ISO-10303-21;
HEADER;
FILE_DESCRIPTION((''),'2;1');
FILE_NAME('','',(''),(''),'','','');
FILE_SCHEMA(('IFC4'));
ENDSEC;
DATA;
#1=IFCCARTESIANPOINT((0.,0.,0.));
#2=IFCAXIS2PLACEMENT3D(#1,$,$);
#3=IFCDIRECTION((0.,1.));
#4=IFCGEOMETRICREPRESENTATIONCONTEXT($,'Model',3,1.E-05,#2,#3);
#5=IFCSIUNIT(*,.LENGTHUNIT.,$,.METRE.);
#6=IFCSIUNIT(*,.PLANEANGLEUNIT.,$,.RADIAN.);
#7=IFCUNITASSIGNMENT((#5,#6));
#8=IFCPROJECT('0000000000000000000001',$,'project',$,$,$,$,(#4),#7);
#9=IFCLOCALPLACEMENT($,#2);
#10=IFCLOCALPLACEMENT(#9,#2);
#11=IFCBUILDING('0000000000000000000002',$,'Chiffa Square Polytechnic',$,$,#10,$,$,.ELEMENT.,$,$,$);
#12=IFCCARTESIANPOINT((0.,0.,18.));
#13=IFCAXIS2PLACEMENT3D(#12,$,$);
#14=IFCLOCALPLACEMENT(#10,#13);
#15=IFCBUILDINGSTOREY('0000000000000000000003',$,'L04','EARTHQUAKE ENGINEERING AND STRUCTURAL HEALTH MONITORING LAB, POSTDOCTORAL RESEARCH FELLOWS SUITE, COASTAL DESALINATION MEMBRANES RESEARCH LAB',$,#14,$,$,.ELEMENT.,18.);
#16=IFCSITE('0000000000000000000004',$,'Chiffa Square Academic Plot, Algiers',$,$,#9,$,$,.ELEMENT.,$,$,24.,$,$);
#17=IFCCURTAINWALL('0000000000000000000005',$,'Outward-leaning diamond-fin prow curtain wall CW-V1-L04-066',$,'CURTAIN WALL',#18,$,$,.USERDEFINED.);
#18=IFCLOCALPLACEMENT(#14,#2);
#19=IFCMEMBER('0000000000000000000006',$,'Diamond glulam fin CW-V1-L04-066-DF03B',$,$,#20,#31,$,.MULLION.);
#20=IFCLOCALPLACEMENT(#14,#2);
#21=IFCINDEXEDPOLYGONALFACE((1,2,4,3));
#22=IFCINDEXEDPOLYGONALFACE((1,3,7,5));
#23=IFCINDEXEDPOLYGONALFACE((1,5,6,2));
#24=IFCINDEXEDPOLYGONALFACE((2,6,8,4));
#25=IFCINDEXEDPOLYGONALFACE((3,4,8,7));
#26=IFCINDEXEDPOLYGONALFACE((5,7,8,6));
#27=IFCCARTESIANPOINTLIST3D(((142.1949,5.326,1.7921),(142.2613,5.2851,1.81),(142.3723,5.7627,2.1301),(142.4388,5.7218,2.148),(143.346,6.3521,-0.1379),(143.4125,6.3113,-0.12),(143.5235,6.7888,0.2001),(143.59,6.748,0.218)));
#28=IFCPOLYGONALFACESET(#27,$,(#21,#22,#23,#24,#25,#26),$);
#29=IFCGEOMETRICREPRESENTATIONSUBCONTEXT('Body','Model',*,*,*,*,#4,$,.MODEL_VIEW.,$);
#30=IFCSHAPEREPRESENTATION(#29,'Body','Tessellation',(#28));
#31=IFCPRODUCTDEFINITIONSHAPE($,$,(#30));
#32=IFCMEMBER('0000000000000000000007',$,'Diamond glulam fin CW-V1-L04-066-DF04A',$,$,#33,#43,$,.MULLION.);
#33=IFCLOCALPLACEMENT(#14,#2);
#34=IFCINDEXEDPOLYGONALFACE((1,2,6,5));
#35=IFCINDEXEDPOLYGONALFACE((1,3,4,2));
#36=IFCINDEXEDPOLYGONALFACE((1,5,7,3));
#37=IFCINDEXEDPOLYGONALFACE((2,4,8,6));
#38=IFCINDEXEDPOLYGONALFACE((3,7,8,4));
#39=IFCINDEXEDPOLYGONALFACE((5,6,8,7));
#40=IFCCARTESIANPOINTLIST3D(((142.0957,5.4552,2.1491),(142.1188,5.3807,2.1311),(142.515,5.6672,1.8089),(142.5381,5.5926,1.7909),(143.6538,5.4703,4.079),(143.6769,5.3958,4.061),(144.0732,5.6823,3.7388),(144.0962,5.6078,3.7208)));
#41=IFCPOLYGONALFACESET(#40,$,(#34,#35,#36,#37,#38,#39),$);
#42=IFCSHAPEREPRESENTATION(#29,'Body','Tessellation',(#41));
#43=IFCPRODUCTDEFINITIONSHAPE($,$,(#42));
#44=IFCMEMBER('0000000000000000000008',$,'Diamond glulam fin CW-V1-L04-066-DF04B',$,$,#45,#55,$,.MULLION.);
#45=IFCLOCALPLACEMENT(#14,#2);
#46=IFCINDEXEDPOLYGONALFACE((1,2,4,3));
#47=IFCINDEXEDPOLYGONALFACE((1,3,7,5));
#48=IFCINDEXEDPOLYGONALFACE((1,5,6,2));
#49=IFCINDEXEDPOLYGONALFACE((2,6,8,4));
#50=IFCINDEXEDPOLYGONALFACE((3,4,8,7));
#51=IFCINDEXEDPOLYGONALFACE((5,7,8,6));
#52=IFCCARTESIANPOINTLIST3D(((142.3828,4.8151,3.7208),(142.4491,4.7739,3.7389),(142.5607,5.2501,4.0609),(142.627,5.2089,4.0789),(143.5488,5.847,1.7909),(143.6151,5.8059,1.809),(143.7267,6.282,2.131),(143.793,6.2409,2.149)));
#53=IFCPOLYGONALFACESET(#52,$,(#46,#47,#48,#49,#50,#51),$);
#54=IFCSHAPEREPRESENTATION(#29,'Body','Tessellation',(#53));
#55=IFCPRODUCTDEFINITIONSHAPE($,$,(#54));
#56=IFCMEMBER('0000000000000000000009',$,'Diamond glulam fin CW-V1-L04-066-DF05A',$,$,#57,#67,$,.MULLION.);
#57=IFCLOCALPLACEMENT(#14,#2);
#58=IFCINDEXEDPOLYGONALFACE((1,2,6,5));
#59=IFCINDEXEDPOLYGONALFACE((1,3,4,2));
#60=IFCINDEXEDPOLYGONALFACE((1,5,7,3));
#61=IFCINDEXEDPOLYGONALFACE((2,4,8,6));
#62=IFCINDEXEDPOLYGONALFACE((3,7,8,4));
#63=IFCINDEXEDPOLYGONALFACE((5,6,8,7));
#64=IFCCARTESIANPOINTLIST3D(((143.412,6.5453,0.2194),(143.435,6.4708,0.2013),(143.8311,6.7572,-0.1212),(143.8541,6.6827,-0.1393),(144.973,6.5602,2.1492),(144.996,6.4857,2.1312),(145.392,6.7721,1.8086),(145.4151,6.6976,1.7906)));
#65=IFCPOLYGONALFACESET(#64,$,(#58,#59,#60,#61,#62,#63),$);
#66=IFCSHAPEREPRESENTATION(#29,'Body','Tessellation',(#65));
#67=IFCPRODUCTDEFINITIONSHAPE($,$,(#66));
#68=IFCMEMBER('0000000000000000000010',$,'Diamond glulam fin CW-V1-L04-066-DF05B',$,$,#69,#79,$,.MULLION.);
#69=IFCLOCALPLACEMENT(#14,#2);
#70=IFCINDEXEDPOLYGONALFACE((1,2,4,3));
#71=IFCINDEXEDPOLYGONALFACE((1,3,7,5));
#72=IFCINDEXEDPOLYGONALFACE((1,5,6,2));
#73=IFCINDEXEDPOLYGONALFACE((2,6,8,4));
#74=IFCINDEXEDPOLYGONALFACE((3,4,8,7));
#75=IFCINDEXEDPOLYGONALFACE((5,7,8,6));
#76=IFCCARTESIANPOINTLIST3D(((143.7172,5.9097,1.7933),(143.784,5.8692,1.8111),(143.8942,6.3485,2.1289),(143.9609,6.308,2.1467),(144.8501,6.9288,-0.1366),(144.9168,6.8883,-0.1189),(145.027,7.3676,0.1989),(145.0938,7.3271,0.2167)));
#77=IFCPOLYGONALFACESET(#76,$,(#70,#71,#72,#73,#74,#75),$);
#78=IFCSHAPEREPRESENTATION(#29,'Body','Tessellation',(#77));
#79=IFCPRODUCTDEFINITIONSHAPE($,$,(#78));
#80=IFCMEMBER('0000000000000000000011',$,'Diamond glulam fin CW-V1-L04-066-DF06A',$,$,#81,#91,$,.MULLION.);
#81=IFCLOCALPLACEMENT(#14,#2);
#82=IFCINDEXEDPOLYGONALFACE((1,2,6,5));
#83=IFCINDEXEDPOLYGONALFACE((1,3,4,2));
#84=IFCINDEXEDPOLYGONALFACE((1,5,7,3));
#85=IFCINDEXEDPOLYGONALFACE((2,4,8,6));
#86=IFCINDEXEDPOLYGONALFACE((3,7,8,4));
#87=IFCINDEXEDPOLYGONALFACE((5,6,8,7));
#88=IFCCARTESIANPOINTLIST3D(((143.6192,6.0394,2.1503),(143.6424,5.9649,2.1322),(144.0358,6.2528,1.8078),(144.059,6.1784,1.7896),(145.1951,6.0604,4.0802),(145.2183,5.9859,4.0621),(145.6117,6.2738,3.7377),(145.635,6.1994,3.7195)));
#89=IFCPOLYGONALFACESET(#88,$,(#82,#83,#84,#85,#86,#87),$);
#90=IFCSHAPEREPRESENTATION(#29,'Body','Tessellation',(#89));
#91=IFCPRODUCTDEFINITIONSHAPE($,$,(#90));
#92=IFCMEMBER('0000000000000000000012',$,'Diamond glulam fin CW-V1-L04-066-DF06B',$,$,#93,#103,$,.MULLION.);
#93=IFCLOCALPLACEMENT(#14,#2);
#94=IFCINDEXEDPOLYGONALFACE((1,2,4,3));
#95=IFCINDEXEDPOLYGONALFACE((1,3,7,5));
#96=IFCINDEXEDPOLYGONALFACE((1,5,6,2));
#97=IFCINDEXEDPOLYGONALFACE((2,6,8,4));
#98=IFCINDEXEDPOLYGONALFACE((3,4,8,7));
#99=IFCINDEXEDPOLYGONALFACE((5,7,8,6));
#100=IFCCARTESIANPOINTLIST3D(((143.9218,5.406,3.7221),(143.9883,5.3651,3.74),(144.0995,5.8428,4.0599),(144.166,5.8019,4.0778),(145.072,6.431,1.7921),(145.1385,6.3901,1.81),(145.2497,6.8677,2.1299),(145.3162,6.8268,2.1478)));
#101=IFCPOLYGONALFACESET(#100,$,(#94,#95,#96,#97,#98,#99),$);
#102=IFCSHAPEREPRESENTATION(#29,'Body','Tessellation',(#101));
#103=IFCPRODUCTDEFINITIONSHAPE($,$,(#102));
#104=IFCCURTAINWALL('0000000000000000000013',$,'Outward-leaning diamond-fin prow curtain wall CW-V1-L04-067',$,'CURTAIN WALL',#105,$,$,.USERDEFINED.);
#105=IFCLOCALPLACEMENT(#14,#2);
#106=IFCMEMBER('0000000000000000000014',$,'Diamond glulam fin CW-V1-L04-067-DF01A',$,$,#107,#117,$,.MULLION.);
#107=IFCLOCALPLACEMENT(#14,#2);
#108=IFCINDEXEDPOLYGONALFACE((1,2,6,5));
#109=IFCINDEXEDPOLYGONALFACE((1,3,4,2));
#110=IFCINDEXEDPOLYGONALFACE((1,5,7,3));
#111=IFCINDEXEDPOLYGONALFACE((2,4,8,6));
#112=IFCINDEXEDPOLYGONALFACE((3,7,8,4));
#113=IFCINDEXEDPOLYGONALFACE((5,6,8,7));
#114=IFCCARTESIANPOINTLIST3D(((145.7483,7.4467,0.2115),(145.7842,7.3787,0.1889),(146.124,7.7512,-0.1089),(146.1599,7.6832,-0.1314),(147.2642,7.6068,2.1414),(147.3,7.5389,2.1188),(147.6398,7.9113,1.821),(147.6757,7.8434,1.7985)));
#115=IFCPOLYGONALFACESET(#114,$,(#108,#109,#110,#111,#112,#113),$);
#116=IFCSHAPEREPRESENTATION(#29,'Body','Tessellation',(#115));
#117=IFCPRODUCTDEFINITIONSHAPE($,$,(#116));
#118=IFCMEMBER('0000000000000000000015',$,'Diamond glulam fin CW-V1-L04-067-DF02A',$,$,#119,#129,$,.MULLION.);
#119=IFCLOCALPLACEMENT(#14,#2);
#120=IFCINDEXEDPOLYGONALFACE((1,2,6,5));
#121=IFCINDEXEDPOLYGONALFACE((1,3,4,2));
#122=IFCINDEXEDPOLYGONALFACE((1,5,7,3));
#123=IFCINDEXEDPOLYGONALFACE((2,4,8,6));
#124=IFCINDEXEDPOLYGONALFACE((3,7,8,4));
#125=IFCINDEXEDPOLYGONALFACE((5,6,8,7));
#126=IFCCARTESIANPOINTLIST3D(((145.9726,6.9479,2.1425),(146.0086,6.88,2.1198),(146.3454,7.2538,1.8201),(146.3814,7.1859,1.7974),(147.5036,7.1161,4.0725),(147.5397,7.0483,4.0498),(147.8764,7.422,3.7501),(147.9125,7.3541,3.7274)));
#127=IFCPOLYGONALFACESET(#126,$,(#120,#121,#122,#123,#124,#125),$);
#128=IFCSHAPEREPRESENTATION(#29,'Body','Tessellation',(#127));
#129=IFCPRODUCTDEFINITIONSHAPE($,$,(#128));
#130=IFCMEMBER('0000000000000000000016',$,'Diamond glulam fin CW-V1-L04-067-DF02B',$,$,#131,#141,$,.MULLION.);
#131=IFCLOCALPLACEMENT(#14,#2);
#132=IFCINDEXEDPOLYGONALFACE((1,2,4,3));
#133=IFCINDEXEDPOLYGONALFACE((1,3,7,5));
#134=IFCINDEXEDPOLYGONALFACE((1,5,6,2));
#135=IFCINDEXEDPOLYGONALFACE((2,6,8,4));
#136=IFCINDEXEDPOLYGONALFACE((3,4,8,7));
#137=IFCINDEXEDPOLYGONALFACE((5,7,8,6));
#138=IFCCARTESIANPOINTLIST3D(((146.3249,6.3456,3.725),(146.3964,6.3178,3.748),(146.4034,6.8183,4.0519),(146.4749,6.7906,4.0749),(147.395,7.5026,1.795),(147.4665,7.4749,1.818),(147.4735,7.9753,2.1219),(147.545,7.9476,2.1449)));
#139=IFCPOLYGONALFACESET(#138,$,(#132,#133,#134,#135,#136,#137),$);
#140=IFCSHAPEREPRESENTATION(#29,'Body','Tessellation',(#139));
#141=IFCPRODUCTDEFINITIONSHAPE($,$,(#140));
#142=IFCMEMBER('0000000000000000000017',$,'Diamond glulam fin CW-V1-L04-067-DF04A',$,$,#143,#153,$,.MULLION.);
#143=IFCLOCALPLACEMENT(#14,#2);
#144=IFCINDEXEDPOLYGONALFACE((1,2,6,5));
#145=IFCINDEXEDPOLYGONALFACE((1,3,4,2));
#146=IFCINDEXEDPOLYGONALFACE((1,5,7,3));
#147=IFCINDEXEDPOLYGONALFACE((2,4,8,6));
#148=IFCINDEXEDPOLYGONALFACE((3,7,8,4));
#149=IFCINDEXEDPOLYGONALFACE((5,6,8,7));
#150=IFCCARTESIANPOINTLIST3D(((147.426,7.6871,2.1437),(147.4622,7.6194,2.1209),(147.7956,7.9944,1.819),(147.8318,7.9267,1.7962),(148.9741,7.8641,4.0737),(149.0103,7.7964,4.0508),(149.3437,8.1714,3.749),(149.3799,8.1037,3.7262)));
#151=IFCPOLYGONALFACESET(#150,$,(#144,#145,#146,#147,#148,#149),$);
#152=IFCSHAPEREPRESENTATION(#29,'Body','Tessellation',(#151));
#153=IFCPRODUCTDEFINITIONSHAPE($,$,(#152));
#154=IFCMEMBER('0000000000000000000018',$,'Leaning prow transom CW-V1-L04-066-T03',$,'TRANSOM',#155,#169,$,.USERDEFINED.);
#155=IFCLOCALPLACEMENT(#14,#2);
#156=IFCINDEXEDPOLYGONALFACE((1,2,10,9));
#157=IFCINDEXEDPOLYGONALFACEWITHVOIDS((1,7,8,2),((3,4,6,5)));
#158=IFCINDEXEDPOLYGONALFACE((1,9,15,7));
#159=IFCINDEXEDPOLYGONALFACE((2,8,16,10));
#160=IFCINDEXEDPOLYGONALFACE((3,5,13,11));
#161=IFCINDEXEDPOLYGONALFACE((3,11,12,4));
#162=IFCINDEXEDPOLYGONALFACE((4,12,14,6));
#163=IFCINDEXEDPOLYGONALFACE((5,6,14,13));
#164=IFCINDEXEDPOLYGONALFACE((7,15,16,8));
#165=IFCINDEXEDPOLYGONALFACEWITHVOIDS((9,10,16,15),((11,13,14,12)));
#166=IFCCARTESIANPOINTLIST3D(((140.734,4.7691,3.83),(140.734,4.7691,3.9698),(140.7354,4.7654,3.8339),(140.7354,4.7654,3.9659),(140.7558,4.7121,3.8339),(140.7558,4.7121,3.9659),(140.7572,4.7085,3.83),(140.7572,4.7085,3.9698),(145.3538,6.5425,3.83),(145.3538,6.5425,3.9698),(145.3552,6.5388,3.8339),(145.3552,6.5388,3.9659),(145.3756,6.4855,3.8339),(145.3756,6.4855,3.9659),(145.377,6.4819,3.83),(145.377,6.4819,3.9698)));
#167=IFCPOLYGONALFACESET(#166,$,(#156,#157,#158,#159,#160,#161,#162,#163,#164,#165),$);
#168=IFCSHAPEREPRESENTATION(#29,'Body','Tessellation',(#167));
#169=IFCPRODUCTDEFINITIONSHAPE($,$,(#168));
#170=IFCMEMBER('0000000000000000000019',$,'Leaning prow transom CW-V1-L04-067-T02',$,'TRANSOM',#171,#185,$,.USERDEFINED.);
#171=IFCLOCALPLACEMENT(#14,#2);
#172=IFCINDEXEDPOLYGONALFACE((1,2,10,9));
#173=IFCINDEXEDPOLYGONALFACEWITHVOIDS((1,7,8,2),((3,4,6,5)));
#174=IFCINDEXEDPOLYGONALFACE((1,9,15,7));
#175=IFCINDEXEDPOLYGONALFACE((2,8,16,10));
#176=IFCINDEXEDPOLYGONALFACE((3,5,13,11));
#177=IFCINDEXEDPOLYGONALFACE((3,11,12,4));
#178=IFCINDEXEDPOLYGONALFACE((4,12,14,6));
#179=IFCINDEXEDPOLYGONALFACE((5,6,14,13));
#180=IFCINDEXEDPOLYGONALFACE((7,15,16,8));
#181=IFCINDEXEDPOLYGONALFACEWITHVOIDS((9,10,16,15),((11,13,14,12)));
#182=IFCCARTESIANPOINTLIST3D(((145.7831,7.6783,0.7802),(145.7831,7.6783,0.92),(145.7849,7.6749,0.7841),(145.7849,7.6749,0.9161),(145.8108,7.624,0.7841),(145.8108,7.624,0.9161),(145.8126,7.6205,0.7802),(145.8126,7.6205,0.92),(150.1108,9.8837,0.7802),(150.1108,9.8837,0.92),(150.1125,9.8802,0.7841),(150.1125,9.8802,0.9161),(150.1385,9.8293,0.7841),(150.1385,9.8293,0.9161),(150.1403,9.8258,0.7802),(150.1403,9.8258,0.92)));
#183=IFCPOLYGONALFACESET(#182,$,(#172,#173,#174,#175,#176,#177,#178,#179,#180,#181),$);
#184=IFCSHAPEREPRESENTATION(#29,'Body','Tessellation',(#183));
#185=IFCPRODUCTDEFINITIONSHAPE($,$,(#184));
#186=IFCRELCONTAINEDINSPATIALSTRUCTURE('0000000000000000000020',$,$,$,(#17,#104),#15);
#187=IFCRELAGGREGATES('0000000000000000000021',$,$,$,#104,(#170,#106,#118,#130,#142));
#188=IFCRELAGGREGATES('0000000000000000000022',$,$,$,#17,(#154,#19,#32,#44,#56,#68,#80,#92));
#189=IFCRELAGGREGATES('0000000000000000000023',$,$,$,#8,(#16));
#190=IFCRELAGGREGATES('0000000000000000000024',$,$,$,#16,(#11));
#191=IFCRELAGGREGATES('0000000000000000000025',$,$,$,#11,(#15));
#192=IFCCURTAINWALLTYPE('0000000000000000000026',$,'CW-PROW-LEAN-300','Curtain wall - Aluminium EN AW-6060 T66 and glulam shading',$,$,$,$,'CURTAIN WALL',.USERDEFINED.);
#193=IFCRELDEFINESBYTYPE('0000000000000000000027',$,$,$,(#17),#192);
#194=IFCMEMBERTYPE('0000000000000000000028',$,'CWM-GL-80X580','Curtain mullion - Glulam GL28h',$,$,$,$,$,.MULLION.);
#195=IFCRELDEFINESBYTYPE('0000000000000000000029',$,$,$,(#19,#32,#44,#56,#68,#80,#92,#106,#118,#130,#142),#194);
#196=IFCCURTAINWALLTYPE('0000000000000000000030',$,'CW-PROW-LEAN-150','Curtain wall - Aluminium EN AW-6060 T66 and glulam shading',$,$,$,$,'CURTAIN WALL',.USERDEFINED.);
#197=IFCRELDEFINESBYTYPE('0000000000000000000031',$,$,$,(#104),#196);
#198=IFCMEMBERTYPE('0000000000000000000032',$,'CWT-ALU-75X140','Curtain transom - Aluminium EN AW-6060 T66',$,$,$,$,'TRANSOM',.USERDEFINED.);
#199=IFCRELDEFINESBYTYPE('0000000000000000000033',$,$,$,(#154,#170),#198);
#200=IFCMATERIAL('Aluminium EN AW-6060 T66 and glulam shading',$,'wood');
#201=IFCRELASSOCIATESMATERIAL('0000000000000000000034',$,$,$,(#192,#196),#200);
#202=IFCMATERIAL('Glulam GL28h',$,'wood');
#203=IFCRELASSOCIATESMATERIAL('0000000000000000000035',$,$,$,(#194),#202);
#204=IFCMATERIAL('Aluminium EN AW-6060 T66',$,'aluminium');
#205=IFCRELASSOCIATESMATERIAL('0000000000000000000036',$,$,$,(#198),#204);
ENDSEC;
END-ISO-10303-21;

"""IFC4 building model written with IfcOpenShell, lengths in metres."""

from ifc_helpers import new_model, si_unit, direction, frame, origin, origin_2d, place, context, subcontext, project, spatial, rectangle, hollow_rectangle, extrude, material, material_profile, profile_set, type_object, element, aggregate, save


model = new_model("IFC4")

# Units and contexts
model_context = context("Model", 3, precision=1e-05, world=origin(), true_north=direction((0.0, 1.0)))
body_context = subcontext(model_context, "Body", "Model", "MODEL_VIEW")
ifc_project = project(units=[si_unit("LENGTHUNIT", "METRE"), si_unit("PLANEANGLEUNIT", "RADIAN")], contexts=[model_context])

# Site, building, storey
site_placement = place(None, origin())
site = spatial("IfcSite", under=ifc_project, at=site_placement, Name="Chiffa Square Academic Plot, Algiers", CompositionType="ELEMENT", RefElevation=24.0)
building_placement = place(site_placement, origin())
building = spatial("IfcBuilding", under=site, at=building_placement, Name="Chiffa Square Polytechnic", CompositionType="ELEMENT")
storey_placement = place(building_placement, frame((0.0, 0.0, 18.0)))
storey = spatial("IfcBuildingStorey", under=building, at=storey_placement, Name="L04", Description="EARTHQUAKE ENGINEERING AND STRUCTURAL HEALTH MONITORING LAB, POSTDOCTORAL RESEARCH FELLOWS SUITE, COASTAL DESALINATION MEMBRANES RESEARCH LAB", CompositionType="ELEMENT", Elevation=18.0)

# Curtain walls, members
ifc_material_1 = material(Name="Aluminium EN AW-6060 T66 and glulam shading", Category="wood")
curtain_wall_type_1 = type_object("IfcCurtainWallType", Name="CW-PROW-LEAN-300", Description="Curtain wall - Aluminium EN AW-6060 T66 and glulam shading", ElementType="CURTAIN WALL", PredefinedType="USERDEFINED", material=ifc_material_1)
curtain_wall_1_placement = place(storey_placement, origin())
curtain_wall_1 = element("IfcCurtainWall", 1, at=curtain_wall_1_placement, inside=storey, type_object=curtain_wall_type_1, Name="Outward-leaning diamond-fin prow curtain wall CW-V1-L04-066", ObjectType="CURTAIN WALL", PredefinedType="USERDEFINED")
ifc_material_2 = material(Name="Aluminium EN AW-6060 T66", Category="aluminium")
ifc_material_3 = material(Name="Glulam GL28h", Category="wood")
ifc_material_profile_1 = material_profile(ifc_material_3, rectangle(XDim=0.0801, YDim=0.5801, at=origin_2d()), Name="GL28h 80x580")
ifc_profile_set_1 = profile_set([ifc_material_profile_1], Name="Glulam GL28h")
member_type_1 = type_object("IfcMemberType", Name="CWM-GL-80X580", Description="Curtain mullion - Glulam GL28h", PredefinedType="MULLION", material=ifc_profile_set_1)
member_1_placement = place(storey_placement, frame((143.468, 6.55, 0.04), z_axis=(-0.465975, -0.415375, 0.781237), x_axis=(0.830209, -0.510597, 0.223706)))
member_1 = element("IfcMember", 2, at=member_1_placement, type_object=member_type_1, Name="Diamond glulam fin CW-V1-L04-066-DF03B", PredefinedType="MULLION", context=body_context, shape_type="SweptSolid", body=[
    extrude(rectangle(XDim=0.0801, YDim=0.5801, at=origin_2d()), origin(), (0.0, 0.0, 1.0), 2.4705),
])
member_2_placement = place(storey_placement, frame((142.3169, 5.5239, 1.97), z_axis=(0.628158, 0.006102, 0.778062), x_axis=(-0.287888, 0.930828, 0.225122)))
member_2 = element("IfcMember", 3, at=member_2_placement, type_object=member_type_1, Name="Diamond glulam fin CW-V1-L04-066-DF04A", PredefinedType="MULLION", context=body_context, shape_type="SweptSolid", body=[
    extrude(rectangle(XDim=0.0801, YDim=0.5801, at=origin_2d()), origin(), (0.0, 0.0, 1.0), 2.4805),
])
member_3_placement = place(storey_placement, frame((143.6709, 6.0439, 1.97), z_axis=(-0.470213, -0.416162, 0.778273), x_axis=(0.827593, -0.514249, 0.225029)))
member_3 = element("IfcMember", 4, at=member_3_placement, type_object=member_type_1, Name="Diamond glulam fin CW-V1-L04-066-DF04B", PredefinedType="MULLION", context=body_context, shape_type="SweptSolid", body=[
    extrude(rectangle(XDim=0.0801, YDim=0.5801, at=origin_2d()), origin(), (0.0, 0.0, 1.0), 2.4797),
])
member_4_placement = place(storey_placement, frame((143.6331, 6.614, 0.04), z_axis=(0.628873, 0.006, 0.777485), x_axis=(-0.287519, 0.93088, 0.225378)))
member_4 = element("IfcMember", 5, at=member_4_placement, type_object=member_type_1, Name="Diamond glulam fin CW-V1-L04-066-DF05A", PredefinedType="MULLION", context=body_context, shape_type="SweptSolid", body=[
    extrude(rectangle(XDim=0.0801, YDim=0.5801, at=origin_2d()), origin(), (0.0, 0.0, 1.0), 2.4822),
])
member_5_placement = place(storey_placement, frame((144.9719, 7.1279, 0.04), z_axis=(-0.460693, -0.414425, 0.784866), x_axis=(0.833479, -0.505963, 0.222068)))
member_5 = element("IfcMember", 6, at=member_5_placement, type_object=member_type_1, Name="Diamond glulam fin CW-V1-L04-066-DF05B", PredefinedType="MULLION", context=body_context, shape_type="SweptSolid", body=[
    extrude(rectangle(XDim=0.0801, YDim=0.5801, at=origin_2d()), origin(), (0.0, 0.0, 1.0), 2.459),
])
member_6_placement = place(storey_placement, frame((143.8391, 6.1089, 1.97), z_axis=(0.632468, 0.008426, 0.774541), x_axis=(-0.289983, 0.9298, 0.226676)))
member_6 = element("IfcMember", 7, at=member_6_placement, type_object=member_type_1, Name="Diamond glulam fin CW-V1-L04-066-DF06A", PredefinedType="MULLION", context=body_context, shape_type="SweptSolid", body=[
    extrude(rectangle(XDim=0.0801, YDim=0.5801, at=origin_2d()), origin(), (0.0, 0.0, 1.0), 2.4917),
])
member_7_placement = place(storey_placement, frame((145.1941, 6.6289, 1.97), z_axis=(-0.465761, -0.415042, 0.781541), x_axis=(0.830203, -0.510665, 0.223569)))
member_7 = element("IfcMember", 8, at=member_7_placement, type_object=member_type_1, Name="Diamond glulam fin CW-V1-L04-066-DF06B", PredefinedType="MULLION", context=body_context, shape_type="SweptSolid", body=[
    extrude(rectangle(XDim=0.0801, YDim=0.5801, at=origin_2d()), origin(), (0.0, 0.0, 1.0), 2.4695),
])
curtain_wall_type_2 = type_object("IfcCurtainWallType", Name="CW-PROW-LEAN-150", Description="Curtain wall - Aluminium EN AW-6060 T66 and glulam shading", ElementType="CURTAIN WALL", PredefinedType="USERDEFINED", material=ifc_material_1)
curtain_wall_2_placement = place(storey_placement, origin())
curtain_wall_2 = element("IfcCurtainWall", 9, at=curtain_wall_2_placement, inside=storey, type_object=curtain_wall_type_2, Name="Outward-leaning diamond-fin prow curtain wall CW-V1-L04-067", ObjectType="CURTAIN WALL", PredefinedType="USERDEFINED")
member_8_placement = place(storey_placement, frame((145.9541, 7.5649, 0.04), z_axis=(0.616383, 0.065123, 0.784749), x_axis=(-0.447913, 0.848642, 0.281389)))
member_8 = element("IfcMember", 10, at=member_8_placement, type_object=member_type_1, Name="Diamond glulam fin CW-V1-L04-067-DF01A", PredefinedType="MULLION", context=body_context, shape_type="SweptSolid", body=[
    extrude(rectangle(XDim=0.0801, YDim=0.5801, at=origin_2d()), origin(), (0.0, 0.0, 1.0), 2.4592),
])
member_9_placement = place(storey_placement, frame((146.177, 7.0669, 1.97), z_axis=(0.620043, 0.068125, 0.781604), x_axis=(-0.450028, 0.846923, 0.283188)))
member_9 = element("IfcMember", 11, at=member_9_placement, type_object=member_type_1, Name="Diamond glulam fin CW-V1-L04-067-DF02A", PredefinedType="MULLION", context=body_context, shape_type="SweptSolid", body=[
    extrude(rectangle(XDim=0.0801, YDim=0.5801, at=origin_2d()), origin(), (0.0, 0.0, 1.0), 2.4692),
])
member_10_placement = place(storey_placement, frame((147.47, 7.7251, 1.97), z_axis=(-0.429463, -0.464345, 0.774561), x_axis=(0.892891, -0.346831, 0.287148)))
member_10 = element("IfcMember", 12, at=member_10_placement, type_object=member_type_1, Name="Diamond glulam fin CW-V1-L04-067-DF02B", PredefinedType="MULLION", context=body_context, shape_type="SweptSolid", body=[
    extrude(rectangle(XDim=0.0801, YDim=0.5801, at=origin_2d()), origin(), (0.0, 0.0, 1.0), 2.4917),
])
member_11_placement = place(storey_placement, frame((147.6289, 7.8069, 1.97), z_axis=(0.624122, 0.071359, 0.778061), x_axis=(-0.45216, 0.845114, 0.285192)))
member_11 = element("IfcMember", 13, at=member_11_placement, type_object=member_type_1, Name="Diamond glulam fin CW-V1-L04-067-DF04A", PredefinedType="MULLION", context=body_context, shape_type="SweptSolid", body=[
    extrude(rectangle(XDim=0.0801, YDim=0.5801, at=origin_2d()), origin(), (0.0, 0.0, 1.0), 2.4805),
])

# Members
ifc_material_profile_2 = material_profile(ifc_material_2, hollow_rectangle(XDim=0.0649, YDim=0.1399, WallThickness=0.0039, at=origin_2d()), Name="ALU 65x140x4")
ifc_profile_set_2 = profile_set([ifc_material_profile_2], Name="Aluminium EN AW-6060 T66")
member_type_2 = type_object("IfcMemberType", Name="CWT-ALU-75X140", Description="Curtain transom - Aluminium EN AW-6060 T66", ElementType="TRANSOM", PredefinedType="USERDEFINED", material=ifc_profile_set_2)
member_12_placement = place(storey_placement, frame((140.7456, 4.7388, 3.8999), z_axis=(0.933578, 0.358374, 0.0), x_axis=(-0.358374, 0.933578, 0.0)))
member_12 = element("IfcMember", 14, at=member_12_placement, type_object=member_type_2, Name="Leaning prow transom CW-V1-L04-066-T03", ObjectType="TRANSOM", PredefinedType="USERDEFINED", context=body_context, shape_type="SweptSolid", body=[
    extrude(hollow_rectangle(XDim=0.0649, YDim=0.1399, WallThickness=0.0039, at=origin_2d()), origin(), (0.0, 0.0, 1.0), 4.9485),
])
member_13_placement = place(storey_placement, frame((145.7979, 7.6494, 0.8501), z_axis=(0.890983, 0.454036, 0.0), x_axis=(-0.454036, 0.890983, 0.0)))
member_13 = element("IfcMember", 15, at=member_13_placement, type_object=member_type_2, Name="Leaning prow transom CW-V1-L04-067-T02", ObjectType="TRANSOM", PredefinedType="USERDEFINED", context=body_context, shape_type="SweptSolid", body=[
    extrude(hollow_rectangle(XDim=0.0649, YDim=0.1399, WallThickness=0.0039, at=origin_2d()), origin(), (0.0, 0.0, 1.0), 4.8572),
])

aggregate(curtain_wall_2, [member_13, member_8, member_9, member_10, member_11])
aggregate(curtain_wall_1, [member_12, member_1, member_2, member_3, member_4, member_5, member_6, member_7])

save(model, "model.ifc")
